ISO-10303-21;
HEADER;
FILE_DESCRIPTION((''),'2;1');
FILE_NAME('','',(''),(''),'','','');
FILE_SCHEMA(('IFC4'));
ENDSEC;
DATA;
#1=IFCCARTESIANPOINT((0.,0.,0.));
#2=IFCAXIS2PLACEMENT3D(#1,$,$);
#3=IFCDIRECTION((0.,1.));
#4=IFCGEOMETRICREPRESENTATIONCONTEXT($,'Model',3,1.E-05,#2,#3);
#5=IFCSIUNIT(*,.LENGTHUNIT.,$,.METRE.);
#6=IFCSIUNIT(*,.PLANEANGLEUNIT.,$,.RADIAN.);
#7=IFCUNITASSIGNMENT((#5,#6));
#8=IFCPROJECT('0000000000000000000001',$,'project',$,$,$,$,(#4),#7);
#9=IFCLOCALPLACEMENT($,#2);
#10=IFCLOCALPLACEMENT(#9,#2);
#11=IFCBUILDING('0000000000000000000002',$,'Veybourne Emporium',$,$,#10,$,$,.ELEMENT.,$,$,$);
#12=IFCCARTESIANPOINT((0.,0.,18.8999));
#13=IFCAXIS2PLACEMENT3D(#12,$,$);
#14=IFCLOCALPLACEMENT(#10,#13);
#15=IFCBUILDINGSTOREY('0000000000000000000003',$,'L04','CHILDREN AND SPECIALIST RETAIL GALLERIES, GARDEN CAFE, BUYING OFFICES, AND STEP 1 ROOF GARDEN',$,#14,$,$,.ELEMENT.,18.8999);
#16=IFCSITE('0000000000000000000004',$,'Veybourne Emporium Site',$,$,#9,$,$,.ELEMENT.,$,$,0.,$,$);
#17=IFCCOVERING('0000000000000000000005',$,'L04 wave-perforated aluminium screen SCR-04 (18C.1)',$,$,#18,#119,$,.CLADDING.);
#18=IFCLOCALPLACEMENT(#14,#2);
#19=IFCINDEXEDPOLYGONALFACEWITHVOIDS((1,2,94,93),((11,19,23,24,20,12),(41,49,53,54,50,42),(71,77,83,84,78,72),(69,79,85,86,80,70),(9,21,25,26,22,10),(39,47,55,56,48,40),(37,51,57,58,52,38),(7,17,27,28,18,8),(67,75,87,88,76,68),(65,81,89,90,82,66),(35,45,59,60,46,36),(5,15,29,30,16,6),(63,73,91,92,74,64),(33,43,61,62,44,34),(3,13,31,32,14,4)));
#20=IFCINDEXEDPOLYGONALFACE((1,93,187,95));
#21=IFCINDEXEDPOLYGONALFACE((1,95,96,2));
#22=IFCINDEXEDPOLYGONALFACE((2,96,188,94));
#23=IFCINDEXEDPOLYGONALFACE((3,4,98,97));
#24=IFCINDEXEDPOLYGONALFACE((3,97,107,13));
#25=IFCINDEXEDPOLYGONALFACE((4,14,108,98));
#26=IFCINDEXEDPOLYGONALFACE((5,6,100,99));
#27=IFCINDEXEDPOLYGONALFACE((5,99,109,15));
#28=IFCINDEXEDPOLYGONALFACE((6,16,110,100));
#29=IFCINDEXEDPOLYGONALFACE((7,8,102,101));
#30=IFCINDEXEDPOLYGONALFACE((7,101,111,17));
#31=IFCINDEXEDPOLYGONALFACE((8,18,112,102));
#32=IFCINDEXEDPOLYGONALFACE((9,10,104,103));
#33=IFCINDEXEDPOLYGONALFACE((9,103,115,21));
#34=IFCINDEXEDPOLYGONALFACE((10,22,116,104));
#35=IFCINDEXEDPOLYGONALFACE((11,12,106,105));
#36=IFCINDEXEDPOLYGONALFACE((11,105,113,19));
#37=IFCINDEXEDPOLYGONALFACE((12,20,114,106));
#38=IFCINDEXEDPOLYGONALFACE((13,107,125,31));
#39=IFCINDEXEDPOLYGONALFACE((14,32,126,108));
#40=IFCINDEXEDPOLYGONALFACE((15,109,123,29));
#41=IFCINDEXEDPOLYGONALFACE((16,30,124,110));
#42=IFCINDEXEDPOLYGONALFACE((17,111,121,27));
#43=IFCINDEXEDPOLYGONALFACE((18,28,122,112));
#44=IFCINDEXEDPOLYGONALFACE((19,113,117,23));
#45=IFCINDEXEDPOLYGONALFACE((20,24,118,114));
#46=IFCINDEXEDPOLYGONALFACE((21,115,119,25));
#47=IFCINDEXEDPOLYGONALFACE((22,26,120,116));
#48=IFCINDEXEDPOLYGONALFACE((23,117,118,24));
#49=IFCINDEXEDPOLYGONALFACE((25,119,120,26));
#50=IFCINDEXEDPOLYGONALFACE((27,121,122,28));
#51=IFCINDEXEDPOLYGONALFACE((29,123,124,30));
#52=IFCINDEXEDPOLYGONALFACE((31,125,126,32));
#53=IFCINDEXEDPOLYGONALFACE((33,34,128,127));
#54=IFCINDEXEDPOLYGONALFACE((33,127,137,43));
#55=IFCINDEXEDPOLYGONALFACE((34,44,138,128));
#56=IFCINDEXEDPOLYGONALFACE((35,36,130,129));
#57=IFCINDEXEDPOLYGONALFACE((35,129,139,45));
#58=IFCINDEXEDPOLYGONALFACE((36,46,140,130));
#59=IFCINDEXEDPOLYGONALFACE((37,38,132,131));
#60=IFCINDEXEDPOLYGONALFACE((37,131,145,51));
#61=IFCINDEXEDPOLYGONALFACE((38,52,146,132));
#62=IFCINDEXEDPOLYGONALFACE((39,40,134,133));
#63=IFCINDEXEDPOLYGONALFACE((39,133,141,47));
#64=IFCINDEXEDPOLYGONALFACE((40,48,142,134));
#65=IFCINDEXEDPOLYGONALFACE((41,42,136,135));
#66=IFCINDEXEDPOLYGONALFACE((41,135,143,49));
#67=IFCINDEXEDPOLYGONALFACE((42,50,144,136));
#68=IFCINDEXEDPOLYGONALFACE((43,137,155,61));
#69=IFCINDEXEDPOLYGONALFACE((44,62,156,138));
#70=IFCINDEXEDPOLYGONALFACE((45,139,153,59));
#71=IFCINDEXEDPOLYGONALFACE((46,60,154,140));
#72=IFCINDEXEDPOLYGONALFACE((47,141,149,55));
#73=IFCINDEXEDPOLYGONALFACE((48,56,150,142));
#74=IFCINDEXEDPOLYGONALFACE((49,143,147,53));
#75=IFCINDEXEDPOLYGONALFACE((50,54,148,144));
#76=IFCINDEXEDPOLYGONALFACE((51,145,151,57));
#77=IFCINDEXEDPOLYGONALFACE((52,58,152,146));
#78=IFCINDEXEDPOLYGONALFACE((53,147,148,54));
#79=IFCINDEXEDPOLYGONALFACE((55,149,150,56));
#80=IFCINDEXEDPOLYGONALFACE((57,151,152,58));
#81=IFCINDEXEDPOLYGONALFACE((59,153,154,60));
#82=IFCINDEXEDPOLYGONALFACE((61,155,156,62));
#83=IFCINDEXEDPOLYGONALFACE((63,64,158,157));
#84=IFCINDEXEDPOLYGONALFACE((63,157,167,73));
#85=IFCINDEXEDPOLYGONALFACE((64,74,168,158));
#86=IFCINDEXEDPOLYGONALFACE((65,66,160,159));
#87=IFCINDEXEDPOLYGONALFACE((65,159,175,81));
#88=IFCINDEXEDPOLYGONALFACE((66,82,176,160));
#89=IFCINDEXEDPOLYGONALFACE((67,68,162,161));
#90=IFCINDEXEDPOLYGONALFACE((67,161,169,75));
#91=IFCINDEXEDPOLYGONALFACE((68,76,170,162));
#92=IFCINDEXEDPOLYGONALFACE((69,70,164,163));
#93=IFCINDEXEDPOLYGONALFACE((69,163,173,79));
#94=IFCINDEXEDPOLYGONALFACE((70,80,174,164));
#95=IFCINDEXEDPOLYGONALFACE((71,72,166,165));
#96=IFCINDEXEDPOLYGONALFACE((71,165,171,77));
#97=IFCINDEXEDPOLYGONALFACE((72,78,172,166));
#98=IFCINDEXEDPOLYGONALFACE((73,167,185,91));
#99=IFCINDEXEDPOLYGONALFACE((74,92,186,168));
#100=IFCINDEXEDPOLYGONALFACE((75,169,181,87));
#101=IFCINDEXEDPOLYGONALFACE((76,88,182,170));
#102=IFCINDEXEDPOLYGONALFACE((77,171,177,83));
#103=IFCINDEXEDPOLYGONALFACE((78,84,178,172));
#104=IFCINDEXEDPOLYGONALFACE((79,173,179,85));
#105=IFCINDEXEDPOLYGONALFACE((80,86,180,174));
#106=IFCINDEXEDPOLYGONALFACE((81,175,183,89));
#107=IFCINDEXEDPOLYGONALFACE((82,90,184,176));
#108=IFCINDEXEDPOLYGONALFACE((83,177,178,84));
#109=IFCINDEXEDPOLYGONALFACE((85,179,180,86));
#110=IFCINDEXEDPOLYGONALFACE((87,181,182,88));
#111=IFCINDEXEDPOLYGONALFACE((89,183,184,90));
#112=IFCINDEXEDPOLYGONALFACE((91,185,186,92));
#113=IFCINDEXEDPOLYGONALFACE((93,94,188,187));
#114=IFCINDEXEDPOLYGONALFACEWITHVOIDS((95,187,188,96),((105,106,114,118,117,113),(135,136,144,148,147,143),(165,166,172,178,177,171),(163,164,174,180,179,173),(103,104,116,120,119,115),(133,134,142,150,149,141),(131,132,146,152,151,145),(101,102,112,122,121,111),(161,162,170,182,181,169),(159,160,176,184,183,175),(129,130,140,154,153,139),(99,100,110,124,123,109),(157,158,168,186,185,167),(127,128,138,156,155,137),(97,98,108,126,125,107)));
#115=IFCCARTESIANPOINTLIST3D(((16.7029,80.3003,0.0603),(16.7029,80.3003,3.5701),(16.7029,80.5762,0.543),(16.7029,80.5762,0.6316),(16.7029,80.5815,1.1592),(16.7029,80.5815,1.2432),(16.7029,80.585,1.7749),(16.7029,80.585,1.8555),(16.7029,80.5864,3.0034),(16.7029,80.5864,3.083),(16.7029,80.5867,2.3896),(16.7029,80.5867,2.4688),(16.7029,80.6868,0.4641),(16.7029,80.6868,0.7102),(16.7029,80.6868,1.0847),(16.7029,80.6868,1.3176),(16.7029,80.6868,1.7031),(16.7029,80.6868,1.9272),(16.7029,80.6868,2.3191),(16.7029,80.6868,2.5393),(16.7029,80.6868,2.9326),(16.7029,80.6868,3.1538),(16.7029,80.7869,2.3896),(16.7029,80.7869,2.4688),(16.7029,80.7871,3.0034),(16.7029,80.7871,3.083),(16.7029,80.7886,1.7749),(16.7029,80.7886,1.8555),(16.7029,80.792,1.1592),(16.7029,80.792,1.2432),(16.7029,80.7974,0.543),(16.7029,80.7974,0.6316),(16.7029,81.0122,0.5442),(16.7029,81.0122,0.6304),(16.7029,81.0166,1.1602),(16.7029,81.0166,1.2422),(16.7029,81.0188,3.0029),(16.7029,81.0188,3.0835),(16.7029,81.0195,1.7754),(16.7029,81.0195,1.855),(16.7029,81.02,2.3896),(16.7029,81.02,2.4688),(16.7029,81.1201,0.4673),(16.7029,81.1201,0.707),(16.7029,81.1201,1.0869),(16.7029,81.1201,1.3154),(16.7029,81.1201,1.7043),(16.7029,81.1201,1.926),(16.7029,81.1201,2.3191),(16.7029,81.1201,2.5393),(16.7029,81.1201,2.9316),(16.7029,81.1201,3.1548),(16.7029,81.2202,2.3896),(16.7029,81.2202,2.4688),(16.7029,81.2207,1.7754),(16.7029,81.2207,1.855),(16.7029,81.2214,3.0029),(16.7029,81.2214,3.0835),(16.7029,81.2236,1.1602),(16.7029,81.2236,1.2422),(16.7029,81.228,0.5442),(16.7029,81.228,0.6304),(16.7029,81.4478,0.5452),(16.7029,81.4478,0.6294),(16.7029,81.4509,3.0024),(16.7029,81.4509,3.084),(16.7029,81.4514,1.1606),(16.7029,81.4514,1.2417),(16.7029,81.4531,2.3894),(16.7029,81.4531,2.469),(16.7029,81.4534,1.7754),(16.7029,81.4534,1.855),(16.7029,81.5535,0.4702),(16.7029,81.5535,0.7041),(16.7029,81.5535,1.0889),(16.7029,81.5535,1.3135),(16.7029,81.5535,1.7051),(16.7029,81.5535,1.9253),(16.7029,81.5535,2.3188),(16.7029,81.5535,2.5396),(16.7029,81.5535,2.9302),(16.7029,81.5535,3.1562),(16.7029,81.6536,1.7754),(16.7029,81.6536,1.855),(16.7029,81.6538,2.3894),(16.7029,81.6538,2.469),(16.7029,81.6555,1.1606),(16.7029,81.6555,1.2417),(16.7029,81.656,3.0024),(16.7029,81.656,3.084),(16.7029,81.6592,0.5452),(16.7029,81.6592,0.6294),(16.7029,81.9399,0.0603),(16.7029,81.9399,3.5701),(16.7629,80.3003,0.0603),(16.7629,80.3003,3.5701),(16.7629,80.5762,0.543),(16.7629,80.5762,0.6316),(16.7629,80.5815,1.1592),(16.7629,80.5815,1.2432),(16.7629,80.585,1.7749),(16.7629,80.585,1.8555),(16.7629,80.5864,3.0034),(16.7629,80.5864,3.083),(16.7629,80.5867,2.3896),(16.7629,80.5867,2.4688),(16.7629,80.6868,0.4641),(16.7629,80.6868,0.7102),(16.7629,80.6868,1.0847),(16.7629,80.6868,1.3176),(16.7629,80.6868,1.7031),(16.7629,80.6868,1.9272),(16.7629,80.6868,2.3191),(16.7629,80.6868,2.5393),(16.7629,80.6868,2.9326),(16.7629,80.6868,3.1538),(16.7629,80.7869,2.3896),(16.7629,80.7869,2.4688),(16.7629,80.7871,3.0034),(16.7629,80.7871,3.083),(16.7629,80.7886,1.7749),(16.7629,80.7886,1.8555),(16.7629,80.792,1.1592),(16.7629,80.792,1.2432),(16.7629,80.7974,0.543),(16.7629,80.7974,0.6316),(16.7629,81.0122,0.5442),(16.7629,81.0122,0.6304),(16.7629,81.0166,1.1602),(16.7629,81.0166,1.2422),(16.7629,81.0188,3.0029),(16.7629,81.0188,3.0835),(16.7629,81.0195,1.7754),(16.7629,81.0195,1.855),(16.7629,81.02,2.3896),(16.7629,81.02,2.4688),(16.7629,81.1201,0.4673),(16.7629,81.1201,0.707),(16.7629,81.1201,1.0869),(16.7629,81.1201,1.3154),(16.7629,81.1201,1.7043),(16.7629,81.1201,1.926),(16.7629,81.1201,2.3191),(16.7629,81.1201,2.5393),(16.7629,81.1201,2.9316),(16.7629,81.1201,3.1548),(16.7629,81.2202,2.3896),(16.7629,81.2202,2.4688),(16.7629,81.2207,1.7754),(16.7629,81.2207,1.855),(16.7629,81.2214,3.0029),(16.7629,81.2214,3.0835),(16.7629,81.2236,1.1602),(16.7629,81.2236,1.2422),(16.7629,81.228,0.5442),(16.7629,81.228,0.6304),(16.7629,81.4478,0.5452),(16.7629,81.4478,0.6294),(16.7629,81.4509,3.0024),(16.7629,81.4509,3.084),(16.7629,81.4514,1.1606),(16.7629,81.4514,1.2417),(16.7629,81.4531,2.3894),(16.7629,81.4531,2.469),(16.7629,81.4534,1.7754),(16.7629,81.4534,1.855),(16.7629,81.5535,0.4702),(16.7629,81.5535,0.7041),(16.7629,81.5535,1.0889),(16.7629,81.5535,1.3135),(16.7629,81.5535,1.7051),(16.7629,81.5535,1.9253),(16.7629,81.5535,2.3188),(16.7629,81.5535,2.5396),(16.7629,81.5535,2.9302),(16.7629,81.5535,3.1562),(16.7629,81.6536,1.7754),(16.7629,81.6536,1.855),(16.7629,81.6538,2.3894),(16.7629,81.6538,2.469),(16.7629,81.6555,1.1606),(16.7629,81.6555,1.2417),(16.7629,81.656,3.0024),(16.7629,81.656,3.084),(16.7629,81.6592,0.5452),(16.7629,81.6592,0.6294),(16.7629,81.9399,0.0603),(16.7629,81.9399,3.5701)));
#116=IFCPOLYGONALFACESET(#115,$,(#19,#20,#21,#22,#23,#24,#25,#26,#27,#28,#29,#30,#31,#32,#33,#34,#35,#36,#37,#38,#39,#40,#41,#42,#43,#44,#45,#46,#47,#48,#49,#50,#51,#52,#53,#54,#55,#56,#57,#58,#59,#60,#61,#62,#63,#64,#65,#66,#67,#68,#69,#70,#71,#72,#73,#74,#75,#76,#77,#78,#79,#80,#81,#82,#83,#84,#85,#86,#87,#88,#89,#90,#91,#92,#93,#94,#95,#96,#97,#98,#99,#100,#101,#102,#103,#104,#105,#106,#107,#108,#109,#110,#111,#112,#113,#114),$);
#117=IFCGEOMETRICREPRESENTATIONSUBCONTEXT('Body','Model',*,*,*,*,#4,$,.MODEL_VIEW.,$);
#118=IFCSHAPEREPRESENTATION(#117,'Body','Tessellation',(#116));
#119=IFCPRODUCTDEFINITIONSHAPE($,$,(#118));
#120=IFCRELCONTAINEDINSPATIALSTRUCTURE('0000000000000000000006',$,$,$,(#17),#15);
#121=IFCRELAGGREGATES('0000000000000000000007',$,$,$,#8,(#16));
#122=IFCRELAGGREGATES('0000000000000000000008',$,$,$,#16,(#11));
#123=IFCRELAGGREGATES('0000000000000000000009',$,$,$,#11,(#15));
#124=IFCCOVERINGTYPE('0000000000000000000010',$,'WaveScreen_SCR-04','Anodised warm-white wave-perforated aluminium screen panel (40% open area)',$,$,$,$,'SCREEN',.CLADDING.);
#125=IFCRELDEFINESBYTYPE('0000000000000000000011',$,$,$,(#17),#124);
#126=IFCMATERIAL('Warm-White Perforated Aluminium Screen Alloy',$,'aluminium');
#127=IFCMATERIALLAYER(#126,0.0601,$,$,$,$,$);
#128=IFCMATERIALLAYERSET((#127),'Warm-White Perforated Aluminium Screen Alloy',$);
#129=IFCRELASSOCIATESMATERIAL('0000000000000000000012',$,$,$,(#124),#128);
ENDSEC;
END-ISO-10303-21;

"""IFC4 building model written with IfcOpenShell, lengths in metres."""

from ifc_helpers import new_model, si_unit, direction, frame, origin, place, context, subcontext, project, spatial, polyline, outline, extrude, material, layer, layer_set, type_object, element, save


model = new_model("IFC4")

# Units and contexts
model_context = context("Model", 3, precision=1e-05, world=origin(), true_north=direction((0.0, 1.0)))
body_context = subcontext(model_context, "Body", "Model", "MODEL_VIEW")
ifc_project = project(units=[si_unit("LENGTHUNIT", "METRE"), si_unit("PLANEANGLEUNIT", "RADIAN")], contexts=[model_context])

# Site, building, storey
site_placement = place(None, origin())
site = spatial("IfcSite", under=ifc_project, at=site_placement, Name="Veybourne Emporium Site", CompositionType="ELEMENT", RefElevation=0.0)
building_placement = place(site_placement, origin())
building = spatial("IfcBuilding", under=site, at=building_placement, Name="Veybourne Emporium", CompositionType="ELEMENT")
storey_placement = place(building_placement, frame((0.0, 0.0, 18.8999)))
storey = spatial("IfcBuildingStorey", under=building, at=storey_placement, Name="L04", Description="CHILDREN AND SPECIALIST RETAIL GALLERIES, GARDEN CAFE, BUYING OFFICES, AND STEP 1 ROOF GARDEN", CompositionType="ELEMENT", Elevation=18.8999)

# Covering
ifc_material_1 = material(Name="Warm-White Perforated Aluminium Screen Alloy", Category="aluminium")
ifc_layer_1 = layer(ifc_material_1, 0.0601)
ifc_layer_set_1 = layer_set([ifc_layer_1], Name="Warm-White Perforated Aluminium Screen Alloy")
covering_type_1 = type_object("IfcCoveringType", Name="WaveScreen_SCR-04", Description="Anodised warm-white wave-perforated aluminium screen panel (40% open area)", ElementType="SCREEN", PredefinedType="CLADDING", material=ifc_layer_set_1)
covering_1_placement = place(storey_placement, frame((16.7029, 81.1201, 1.8152), z_axis=(1.0, 0.0, 0.0), x_axis=(0.0, 1.0, 0.0)))
element("IfcCovering", 1, at=covering_1_placement, inside=storey, type_object=covering_type_1, Name="L04 wave-perforated aluminium screen SCR-04 (18C.1)", PredefinedType="CLADDING", context=body_context, shape_type="SweptSolid", body=[
    extrude(outline(polyline([(-0.8198, -1.7549), (0.8198, -1.7549), (0.8198, 1.7549), (-0.8198, 1.7549), (-0.8198, -1.7549)]), holes=[polyline([(-0.4333, -1.105), (-0.3228, -1.1836), (-0.3228, -1.2722), (-0.4333, -1.3511), (-0.5439, -1.2722), (-0.5439, -1.1836), (-0.4333, -1.105)]), polyline([(-0.4333, -0.4976), (-0.3281, -0.572), (-0.3281, -0.656), (-0.4333, -0.7305), (-0.5386, -0.656), (-0.5386, -0.572), (-0.4333, -0.4976)]), polyline([(-0.4333, 0.1121), (-0.3315, 0.0403), (-0.3315, -0.0403), (-0.4333, -0.1121), (-0.5352, -0.0403), (-0.5352, 0.0403), (-0.4333, 0.1121)]), polyline([(-0.4333, 0.7241), (-0.3333, 0.6536), (-0.3333, 0.5745), (-0.4333, 0.5039), (-0.5334, 0.5745), (-0.5334, 0.6536), (-0.4333, 0.7241)]), polyline([(-0.4333, 1.3386), (-0.333, 1.2678), (-0.333, 1.1882), (-0.4333, 1.1174), (-0.5337, 1.1882), (-0.5337, 1.2678), (-0.4333, 1.3386)]), polyline([(0.0, -1.1082), (0.1079, -1.1848), (0.1079, -1.271), (0.0, -1.3479), (-0.1079, -1.271), (-0.1079, -1.1848), (0.0, -1.1082)]), polyline([(0.0, -0.4998), (0.1035, -0.573), (0.1035, -0.655), (0.0, -0.7283), (-0.1035, -0.655), (-0.1035, -0.573), (0.0, -0.4998)]), polyline([(0.0, 0.1108), (0.1006, 0.0398), (0.1006, -0.0398), (0.0, -0.1108), (-0.1006, -0.0398), (-0.1006, 0.0398), (0.0, 0.1108)]), polyline([(0.0, 0.7241), (0.1001, 0.6536), (0.1001, 0.5745), (0.0, 0.5039), (-0.1001, 0.5745), (-0.1001, 0.6536), (0.0, 0.7241)]), polyline([(0.0, 1.3396), (0.1013, 1.2683), (0.1013, 1.1877), (0.0, 1.1165), (-0.1013, 1.1877), (-0.1013, 1.2683), (0.0, 1.3396)]), polyline([(0.4333, -1.1111), (0.5391, -1.1858), (0.5391, -1.27), (0.4333, -1.345), (0.3276, -1.27), (0.3276, -1.1858), (0.4333, -1.1111)]), polyline([(0.4333, -0.5017), (0.5354, -0.5735), (0.5354, -0.6545), (0.4333, -0.7263), (0.3313, -0.6545), (0.3313, -0.5735), (0.4333, -0.5017)]), polyline([(0.4333, 0.1101), (0.5334, 0.0398), (0.5334, -0.0398), (0.4333, -0.1101), (0.3333, -0.0398), (0.3333, 0.0398), (0.4333, 0.1101)]), polyline([(0.4333, 0.7244), (0.5337, 0.6538), (0.5337, 0.5742), (0.4333, 0.5037), (0.333, 0.5742), (0.333, 0.6538), (0.4333, 0.7244)]), polyline([(0.4333, 1.3411), (0.5359, 1.2688), (0.5359, 1.1873), (0.4333, 1.115), (0.3308, 1.1873), (0.3308, 1.2688), (0.4333, 1.3411)])]), origin(), (0.0, 0.0, 1.0), 0.0601),
])

save(model, "model.ifc")
